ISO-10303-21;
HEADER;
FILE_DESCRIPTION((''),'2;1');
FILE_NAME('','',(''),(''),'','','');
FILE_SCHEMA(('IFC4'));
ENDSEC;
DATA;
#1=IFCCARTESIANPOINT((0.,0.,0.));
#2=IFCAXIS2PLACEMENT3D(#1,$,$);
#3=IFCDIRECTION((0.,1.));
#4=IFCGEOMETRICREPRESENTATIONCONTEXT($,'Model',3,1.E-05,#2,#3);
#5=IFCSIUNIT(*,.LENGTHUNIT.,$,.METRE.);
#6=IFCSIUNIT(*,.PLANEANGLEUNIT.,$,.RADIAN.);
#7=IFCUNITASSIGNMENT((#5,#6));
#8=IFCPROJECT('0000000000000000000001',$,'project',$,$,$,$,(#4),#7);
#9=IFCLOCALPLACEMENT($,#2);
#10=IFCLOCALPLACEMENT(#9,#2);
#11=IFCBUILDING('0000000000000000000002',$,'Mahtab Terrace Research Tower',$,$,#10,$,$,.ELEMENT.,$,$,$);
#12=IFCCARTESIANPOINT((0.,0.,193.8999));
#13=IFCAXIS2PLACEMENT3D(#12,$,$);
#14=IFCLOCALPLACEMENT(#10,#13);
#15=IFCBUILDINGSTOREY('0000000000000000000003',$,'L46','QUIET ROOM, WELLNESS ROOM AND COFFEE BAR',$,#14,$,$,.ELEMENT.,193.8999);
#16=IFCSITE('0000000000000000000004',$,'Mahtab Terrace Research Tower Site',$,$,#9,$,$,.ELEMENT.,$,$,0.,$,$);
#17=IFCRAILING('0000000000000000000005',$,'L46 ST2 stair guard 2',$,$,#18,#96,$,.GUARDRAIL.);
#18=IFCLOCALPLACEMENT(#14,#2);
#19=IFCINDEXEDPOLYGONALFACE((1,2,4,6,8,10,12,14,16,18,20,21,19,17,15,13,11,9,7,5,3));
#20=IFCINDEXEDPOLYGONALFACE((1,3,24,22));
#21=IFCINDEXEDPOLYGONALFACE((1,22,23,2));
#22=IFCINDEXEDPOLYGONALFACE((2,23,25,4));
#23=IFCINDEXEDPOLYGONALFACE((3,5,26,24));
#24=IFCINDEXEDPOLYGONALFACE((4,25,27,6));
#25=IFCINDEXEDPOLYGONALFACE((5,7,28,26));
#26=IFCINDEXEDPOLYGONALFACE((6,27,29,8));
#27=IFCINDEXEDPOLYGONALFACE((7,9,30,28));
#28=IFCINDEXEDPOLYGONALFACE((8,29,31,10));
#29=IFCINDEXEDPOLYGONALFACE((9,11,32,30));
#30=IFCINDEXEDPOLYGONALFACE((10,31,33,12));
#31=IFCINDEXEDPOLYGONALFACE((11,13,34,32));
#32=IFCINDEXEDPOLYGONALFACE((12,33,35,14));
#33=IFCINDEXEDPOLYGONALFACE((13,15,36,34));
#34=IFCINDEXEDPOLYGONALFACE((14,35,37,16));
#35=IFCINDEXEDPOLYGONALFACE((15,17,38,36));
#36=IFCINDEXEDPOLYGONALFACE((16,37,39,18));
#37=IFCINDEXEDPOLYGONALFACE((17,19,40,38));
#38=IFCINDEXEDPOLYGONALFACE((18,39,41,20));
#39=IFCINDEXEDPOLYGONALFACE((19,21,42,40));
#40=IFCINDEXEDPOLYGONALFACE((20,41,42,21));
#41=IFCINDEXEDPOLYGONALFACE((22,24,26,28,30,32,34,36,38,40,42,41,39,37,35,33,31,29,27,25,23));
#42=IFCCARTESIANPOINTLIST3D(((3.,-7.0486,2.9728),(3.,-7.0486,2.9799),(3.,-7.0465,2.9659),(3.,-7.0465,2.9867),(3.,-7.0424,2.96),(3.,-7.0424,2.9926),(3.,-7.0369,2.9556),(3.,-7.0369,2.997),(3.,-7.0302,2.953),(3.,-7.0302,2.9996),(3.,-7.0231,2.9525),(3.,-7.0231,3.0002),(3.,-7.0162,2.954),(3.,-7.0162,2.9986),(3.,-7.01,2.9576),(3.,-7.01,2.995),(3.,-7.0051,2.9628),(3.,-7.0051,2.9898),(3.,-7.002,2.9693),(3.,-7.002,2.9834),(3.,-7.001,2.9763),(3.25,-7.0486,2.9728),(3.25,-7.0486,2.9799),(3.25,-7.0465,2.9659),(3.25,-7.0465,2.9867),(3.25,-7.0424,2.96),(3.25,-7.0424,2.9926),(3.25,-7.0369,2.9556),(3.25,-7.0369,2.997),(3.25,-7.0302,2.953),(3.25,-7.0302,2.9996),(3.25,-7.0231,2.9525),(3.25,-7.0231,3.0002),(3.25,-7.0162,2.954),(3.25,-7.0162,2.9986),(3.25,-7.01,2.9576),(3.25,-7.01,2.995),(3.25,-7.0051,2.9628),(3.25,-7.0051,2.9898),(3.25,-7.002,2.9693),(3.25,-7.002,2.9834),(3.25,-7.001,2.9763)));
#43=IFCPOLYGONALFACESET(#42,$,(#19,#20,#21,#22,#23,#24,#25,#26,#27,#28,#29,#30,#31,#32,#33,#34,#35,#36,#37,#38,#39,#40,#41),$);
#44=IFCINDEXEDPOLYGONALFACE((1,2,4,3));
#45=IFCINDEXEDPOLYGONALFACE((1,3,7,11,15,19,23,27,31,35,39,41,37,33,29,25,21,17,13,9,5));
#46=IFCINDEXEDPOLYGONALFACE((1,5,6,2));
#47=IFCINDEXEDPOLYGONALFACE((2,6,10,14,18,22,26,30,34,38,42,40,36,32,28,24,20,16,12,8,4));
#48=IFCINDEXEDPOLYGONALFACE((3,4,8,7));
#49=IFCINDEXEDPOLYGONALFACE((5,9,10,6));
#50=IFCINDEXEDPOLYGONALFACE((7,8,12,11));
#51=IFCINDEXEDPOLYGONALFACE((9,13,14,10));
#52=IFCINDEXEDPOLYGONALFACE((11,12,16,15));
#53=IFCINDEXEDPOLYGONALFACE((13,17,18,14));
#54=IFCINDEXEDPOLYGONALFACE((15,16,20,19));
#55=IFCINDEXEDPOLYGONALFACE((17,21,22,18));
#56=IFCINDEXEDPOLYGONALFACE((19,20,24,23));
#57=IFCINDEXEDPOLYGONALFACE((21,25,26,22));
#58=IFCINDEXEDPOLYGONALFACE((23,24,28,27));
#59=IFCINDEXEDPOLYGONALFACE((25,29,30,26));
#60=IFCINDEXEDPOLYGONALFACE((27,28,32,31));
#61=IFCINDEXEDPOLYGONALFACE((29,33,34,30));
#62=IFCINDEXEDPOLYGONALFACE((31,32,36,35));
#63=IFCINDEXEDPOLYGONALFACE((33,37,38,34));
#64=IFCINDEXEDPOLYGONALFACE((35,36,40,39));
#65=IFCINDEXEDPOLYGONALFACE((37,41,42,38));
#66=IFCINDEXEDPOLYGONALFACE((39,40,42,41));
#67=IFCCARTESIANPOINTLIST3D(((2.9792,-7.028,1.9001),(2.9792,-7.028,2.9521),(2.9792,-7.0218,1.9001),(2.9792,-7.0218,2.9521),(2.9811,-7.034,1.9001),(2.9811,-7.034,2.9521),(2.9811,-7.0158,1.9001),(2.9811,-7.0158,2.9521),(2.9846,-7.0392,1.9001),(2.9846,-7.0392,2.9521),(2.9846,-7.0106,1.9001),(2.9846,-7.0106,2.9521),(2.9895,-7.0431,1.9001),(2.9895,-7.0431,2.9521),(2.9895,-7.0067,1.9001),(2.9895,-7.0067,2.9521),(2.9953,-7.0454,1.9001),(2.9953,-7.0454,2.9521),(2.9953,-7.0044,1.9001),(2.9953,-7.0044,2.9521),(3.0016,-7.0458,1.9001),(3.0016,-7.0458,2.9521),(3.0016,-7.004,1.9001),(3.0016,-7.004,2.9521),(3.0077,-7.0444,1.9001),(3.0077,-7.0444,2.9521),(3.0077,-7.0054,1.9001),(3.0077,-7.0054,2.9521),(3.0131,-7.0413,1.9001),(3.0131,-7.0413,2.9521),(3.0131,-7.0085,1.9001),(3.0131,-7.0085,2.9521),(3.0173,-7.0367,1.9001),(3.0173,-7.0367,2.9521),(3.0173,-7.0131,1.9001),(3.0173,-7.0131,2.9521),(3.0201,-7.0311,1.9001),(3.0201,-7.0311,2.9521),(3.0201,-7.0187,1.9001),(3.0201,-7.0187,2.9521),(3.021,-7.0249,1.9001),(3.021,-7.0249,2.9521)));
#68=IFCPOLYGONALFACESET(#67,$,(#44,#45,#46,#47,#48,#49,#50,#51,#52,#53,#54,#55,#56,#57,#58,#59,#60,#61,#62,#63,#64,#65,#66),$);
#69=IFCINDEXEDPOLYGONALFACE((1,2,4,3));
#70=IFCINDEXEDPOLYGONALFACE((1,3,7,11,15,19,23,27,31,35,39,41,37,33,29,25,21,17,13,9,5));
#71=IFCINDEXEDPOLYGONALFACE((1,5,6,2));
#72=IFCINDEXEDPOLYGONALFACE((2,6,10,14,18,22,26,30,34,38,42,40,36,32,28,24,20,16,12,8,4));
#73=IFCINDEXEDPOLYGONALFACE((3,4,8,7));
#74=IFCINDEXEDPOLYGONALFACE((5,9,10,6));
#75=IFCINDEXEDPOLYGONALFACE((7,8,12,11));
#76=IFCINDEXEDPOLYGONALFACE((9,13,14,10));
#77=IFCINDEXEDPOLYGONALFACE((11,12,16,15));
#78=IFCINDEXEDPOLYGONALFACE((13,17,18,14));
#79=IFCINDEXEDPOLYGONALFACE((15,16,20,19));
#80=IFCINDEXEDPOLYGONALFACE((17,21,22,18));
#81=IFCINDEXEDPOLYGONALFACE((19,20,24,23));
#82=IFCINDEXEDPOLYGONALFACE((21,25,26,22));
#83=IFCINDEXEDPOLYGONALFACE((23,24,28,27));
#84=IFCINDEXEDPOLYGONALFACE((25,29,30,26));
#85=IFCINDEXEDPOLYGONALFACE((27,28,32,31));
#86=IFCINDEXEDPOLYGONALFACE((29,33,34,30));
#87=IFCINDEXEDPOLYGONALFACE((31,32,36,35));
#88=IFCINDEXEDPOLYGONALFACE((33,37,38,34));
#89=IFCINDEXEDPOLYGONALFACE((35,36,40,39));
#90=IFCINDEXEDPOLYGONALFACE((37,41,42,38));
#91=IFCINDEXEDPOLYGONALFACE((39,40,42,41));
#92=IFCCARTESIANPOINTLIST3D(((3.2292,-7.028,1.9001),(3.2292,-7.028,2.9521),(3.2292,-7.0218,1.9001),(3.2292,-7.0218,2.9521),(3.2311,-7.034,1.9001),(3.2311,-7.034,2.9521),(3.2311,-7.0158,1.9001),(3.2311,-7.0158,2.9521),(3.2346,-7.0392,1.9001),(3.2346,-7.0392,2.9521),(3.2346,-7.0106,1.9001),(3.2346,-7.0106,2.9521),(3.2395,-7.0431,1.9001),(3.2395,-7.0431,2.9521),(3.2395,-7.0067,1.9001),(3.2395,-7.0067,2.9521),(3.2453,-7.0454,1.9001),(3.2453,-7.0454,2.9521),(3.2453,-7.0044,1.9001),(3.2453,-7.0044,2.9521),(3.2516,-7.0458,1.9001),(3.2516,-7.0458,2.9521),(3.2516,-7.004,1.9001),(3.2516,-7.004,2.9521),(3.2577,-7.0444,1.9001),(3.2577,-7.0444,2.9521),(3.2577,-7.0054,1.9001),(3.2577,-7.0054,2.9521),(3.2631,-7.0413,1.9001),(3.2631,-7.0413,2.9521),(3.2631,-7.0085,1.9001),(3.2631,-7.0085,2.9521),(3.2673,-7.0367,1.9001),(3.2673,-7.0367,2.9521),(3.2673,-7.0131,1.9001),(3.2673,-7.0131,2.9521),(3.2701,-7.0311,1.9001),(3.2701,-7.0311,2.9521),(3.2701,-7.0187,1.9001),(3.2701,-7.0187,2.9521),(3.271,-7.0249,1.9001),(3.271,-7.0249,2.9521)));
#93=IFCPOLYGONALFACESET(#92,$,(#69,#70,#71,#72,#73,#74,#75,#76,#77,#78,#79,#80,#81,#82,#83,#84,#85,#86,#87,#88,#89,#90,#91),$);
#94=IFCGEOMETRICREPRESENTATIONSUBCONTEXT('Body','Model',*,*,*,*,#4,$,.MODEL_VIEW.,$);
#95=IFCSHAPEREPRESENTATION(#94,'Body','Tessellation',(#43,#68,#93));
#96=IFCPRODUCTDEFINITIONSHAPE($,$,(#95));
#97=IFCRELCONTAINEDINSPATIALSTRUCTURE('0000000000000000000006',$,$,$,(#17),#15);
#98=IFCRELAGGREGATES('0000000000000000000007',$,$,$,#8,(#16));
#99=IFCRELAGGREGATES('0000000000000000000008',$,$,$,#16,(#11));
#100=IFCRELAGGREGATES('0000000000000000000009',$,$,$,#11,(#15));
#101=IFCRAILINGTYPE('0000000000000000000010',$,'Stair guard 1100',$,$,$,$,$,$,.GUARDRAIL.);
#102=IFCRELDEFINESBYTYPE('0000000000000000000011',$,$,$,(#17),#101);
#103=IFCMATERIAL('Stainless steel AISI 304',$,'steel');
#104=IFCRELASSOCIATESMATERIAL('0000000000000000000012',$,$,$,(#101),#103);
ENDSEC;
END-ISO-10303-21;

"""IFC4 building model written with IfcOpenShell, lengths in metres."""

from ifc_helpers import new_model, si_unit, direction, frame, origin, origin_2d, place, context, subcontext, project, spatial, circle, extrude, material, type_object, element, save


model = new_model("IFC4")

# Units and contexts
model_context = context("Model", 3, precision=1e-05, world=origin(), true_north=direction((0.0, 1.0)))
body_context = subcontext(model_context, "Body", "Model", "MODEL_VIEW")
ifc_project = project(units=[si_unit("LENGTHUNIT", "METRE"), si_unit("PLANEANGLEUNIT", "RADIAN")], contexts=[model_context])

# Site, building, storey
site_placement = place(None, origin())
site = spatial("IfcSite", under=ifc_project, at=site_placement, Name="Mahtab Terrace Research Tower Site", CompositionType="ELEMENT", RefElevation=0.0)
building_placement = place(site_placement, origin())
building = spatial("IfcBuilding", under=site, at=building_placement, Name="Mahtab Terrace Research Tower", CompositionType="ELEMENT")
storey_placement = place(building_placement, frame((0.0, 0.0, 193.8999)))
storey = spatial("IfcBuildingStorey", under=building, at=storey_placement, Name="L46", Description="QUIET ROOM, WELLNESS ROOM AND COFFEE BAR", CompositionType="ELEMENT", Elevation=193.8999)

# Railing
ifc_material_1 = material(Name="Stainless steel AISI 304", Category="steel")
railing_type_1 = type_object("IfcRailingType", Name="Stair guard 1100", PredefinedType="GUARDRAIL", material=ifc_material_1)
railing_1_placement = place(storey_placement, frame((3.0, -7.0249, 1.9001)))
element("IfcRailing", 1, at=railing_1_placement, inside=storey, type_object=railing_type_1, Name="L46 ST2 stair guard 2", PredefinedType="GUARDRAIL", context=body_context, shape_type="SweptSolid", body=[
    extrude(circle(Radius=0.0239, at=origin_2d()), frame((0.0, 0.0, 1.0762), z_axis=(1.0, 0.0, 0.0), x_axis=(0.0, 1.0, 0.0)), (0.0, 0.0, 1.0), 0.25),
    extrude(circle(Radius=0.021, at=origin_2d()), origin(), (0.0, 0.0, 1.0), 1.052),
    extrude(circle(Radius=0.021, at=origin_2d()), frame((0.25, 0.0, 0.0)), (0.0, 0.0, 1.0), 1.052),
])

save(model, "model.ifc")
